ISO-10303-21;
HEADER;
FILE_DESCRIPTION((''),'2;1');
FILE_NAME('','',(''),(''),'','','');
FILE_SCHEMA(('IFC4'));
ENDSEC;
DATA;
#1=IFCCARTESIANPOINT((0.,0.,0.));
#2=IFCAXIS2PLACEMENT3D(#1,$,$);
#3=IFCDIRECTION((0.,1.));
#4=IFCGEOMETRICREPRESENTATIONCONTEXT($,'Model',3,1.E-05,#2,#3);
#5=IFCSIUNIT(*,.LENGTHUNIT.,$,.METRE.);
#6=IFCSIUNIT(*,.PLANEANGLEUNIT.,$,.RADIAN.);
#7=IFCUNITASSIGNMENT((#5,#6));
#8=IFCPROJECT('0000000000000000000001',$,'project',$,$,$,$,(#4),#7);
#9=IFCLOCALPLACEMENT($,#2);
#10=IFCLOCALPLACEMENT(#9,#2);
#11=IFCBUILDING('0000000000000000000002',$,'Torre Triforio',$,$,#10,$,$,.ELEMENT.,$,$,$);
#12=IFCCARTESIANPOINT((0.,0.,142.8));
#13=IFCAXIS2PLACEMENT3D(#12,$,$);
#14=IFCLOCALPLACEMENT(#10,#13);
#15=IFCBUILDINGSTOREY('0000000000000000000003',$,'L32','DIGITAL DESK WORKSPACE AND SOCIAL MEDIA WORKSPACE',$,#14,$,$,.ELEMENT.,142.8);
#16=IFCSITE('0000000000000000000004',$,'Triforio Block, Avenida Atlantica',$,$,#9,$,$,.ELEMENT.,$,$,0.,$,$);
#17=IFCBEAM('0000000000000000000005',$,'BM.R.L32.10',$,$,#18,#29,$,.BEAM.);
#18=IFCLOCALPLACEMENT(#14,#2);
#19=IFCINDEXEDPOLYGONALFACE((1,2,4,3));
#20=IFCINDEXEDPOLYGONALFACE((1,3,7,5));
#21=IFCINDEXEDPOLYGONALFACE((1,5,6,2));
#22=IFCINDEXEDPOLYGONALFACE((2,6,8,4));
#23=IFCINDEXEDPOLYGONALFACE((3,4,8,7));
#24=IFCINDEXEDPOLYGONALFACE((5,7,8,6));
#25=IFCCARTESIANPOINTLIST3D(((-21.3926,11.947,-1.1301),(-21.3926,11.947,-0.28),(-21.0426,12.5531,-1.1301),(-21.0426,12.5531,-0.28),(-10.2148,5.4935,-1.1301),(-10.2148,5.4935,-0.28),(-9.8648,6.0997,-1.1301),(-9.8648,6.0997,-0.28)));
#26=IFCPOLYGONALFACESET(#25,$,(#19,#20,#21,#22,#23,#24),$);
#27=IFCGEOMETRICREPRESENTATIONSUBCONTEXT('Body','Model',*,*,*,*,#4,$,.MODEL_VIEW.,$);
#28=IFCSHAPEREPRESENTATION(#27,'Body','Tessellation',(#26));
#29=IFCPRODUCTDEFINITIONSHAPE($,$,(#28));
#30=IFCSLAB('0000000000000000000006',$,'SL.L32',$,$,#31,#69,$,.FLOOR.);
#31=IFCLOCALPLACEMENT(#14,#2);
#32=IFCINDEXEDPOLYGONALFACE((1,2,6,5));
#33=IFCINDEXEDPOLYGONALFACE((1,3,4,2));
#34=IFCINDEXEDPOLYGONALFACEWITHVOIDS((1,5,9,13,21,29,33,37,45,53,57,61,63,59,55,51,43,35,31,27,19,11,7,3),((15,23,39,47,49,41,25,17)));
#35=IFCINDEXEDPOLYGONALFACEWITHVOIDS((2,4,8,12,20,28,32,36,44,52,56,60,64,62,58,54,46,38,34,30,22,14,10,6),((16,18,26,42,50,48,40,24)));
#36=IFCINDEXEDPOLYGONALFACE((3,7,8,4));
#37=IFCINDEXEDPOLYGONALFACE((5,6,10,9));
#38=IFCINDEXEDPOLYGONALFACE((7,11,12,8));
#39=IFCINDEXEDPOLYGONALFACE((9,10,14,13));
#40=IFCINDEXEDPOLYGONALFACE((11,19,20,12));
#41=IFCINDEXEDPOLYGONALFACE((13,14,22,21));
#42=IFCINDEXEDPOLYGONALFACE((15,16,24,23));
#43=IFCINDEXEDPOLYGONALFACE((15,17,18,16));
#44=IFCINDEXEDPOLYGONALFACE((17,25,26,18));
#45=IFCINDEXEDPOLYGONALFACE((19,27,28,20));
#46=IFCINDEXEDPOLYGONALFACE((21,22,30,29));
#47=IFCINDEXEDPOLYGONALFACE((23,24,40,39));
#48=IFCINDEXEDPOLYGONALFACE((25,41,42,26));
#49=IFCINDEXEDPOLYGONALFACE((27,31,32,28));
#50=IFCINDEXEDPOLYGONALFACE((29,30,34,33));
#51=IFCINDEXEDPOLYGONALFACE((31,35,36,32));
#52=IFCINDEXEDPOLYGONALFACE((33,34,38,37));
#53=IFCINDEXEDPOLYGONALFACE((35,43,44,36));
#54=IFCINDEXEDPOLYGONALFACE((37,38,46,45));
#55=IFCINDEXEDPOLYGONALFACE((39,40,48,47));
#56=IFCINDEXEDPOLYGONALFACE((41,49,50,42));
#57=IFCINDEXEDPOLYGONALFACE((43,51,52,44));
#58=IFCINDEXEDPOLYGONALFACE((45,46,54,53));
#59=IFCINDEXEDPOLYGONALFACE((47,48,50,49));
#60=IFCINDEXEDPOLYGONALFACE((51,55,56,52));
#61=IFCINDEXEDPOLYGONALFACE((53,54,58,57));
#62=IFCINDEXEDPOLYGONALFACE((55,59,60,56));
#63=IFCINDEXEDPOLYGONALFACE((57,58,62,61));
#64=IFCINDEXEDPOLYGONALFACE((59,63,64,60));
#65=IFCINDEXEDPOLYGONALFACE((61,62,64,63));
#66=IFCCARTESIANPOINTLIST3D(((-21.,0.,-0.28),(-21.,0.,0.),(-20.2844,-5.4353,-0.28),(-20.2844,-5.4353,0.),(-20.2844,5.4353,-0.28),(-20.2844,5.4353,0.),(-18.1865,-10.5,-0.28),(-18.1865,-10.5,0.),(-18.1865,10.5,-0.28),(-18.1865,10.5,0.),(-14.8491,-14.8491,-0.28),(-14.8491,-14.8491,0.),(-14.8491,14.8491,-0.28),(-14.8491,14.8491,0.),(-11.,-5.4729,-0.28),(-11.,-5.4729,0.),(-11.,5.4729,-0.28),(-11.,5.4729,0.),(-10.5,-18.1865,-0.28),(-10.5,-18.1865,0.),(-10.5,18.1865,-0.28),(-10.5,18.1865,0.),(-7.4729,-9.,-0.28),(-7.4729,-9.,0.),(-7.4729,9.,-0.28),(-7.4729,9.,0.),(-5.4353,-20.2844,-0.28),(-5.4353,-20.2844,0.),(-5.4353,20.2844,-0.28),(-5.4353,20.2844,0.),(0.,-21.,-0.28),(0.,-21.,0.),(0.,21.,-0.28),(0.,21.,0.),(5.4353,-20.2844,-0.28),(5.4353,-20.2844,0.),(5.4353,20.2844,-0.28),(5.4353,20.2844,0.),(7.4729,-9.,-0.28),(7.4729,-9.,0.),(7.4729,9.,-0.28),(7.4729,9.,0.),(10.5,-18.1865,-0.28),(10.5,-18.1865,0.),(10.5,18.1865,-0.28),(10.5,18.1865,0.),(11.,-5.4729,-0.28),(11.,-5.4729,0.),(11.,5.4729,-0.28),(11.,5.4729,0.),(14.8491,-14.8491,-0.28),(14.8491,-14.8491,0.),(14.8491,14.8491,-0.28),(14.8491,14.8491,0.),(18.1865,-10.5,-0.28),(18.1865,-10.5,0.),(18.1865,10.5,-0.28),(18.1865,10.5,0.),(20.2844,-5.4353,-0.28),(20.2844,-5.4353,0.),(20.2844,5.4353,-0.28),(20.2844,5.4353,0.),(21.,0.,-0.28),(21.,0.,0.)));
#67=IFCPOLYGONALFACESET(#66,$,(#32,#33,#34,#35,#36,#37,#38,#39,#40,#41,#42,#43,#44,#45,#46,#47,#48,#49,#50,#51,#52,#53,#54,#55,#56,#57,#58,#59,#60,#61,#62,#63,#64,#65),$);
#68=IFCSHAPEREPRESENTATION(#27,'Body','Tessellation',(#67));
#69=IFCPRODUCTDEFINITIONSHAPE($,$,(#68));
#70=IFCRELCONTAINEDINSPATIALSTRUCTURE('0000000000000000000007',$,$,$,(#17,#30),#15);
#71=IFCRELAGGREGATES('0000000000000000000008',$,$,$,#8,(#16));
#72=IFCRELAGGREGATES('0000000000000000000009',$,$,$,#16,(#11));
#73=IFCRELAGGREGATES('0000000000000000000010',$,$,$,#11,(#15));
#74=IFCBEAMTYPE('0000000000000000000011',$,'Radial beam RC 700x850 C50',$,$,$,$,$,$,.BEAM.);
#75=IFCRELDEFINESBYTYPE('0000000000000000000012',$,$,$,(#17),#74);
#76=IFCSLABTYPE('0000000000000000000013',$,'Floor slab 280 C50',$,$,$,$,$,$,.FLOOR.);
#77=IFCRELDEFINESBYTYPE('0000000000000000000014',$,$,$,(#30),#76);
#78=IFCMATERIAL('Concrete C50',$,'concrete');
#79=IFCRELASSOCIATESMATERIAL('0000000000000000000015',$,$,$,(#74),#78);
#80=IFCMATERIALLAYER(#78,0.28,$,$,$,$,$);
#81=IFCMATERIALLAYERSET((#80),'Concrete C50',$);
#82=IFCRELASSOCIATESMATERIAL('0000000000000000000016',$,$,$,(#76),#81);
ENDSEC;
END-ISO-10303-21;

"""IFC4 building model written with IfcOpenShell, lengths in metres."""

from ifc_helpers import new_model, si_unit, direction, frame, origin, origin_2d, place, context, subcontext, project, spatial, polyline, rectangle, outline, extrude, material, layer, layer_set, material_profile, profile_set, type_object, element, save


model = new_model("IFC4")

# Units and contexts
model_context = context("Model", 3, precision=1e-05, world=origin(), true_north=direction((0.0, 1.0)))
body_context = subcontext(model_context, "Body", "Model", "MODEL_VIEW")
ifc_project = project(units=[si_unit("LENGTHUNIT", "METRE"), si_unit("PLANEANGLEUNIT", "RADIAN")], contexts=[model_context])

# Site, building, storey
site_placement = place(None, origin())
site = spatial("IfcSite", under=ifc_project, at=site_placement, Name="Triforio Block, Avenida Atlantica", CompositionType="ELEMENT", RefElevation=0.0)
building_placement = place(site_placement, origin())
building = spatial("IfcBuilding", under=site, at=building_placement, Name="Torre Triforio", CompositionType="ELEMENT")
storey_placement = place(building_placement, frame((0.0, 0.0, 142.8)))
storey = spatial("IfcBuildingStorey", under=building, at=storey_placement, Name="L32", Description="DIGITAL DESK WORKSPACE AND SOCIAL MEDIA WORKSPACE", CompositionType="ELEMENT", Elevation=142.8)

# Beam
ifc_material_1 = material(Name="Concrete C50", Category="concrete")
ifc_material_profile = material_profile(ifc_material_1, rectangle(XDim=0.7, YDim=0.8501, at=origin_2d()), Name="RC 700x850")
ifc_profile_set = profile_set([ifc_material_profile], Name="Concrete C50")
beam_type = type_object("IfcBeamType", Name="Radial beam RC 700x850 C50", PredefinedType="BEAM", material=ifc_profile_set)
beam_placement = place(storey_placement, frame((-10.0398, 5.7966, -0.7051), z_axis=(-0.866029, 0.499994, 0.0), x_axis=(-0.499994, -0.866029, 0.0)))
element("IfcBeam", 1, at=beam_placement, inside=storey, type_object=beam_type, Name="BM.R.L32.10", PredefinedType="BEAM", context=body_context, shape_type="SweptSolid", body=[
    extrude(rectangle(XDim=0.7, YDim=0.8501, at=origin_2d()), origin(), (0.0, 0.0, 1.0), 12.907),
])

# Slab
ifc_layer_1 = layer(ifc_material_1, 0.28)
ifc_layer_set_1 = layer_set([ifc_layer_1], Name="Concrete C50")
slab_type_1 = type_object("IfcSlabType", Name="Floor slab 280 C50", PredefinedType="FLOOR", material=ifc_layer_set_1)
slab_1_placement = place(storey_placement, frame((0.0, 0.0, -0.28)))
element("IfcSlab", 2, at=slab_1_placement, inside=storey, type_object=slab_type_1, Name="SL.L32", PredefinedType="FLOOR", context=body_context, shape_type="SweptSolid", body=[
    extrude(outline(polyline([(18.1865, -10.5), (20.2844, -5.4353), (21.0, 0.0), (20.2844, 5.4353), (18.1865, 10.5), (14.8491, 14.8491), (10.5, 18.1865), (5.4353, 20.2844), (0.0, 21.0), (-5.4353, 20.2844), (-10.5, 18.1865), (-14.8491, 14.8491), (-18.1865, 10.5), (-20.2844, 5.4353), (-21.0, 0.0), (-20.2844, -5.4353), (-18.1865, -10.5), (-14.8491, -14.8491), (-10.5, -18.1865), (-5.4353, -20.2844), (0.0, -21.0), (5.4353, -20.2844), (10.5, -18.1865), (14.8491, -14.8491), (18.1865, -10.5)]), holes=[polyline([(11.0, 5.4729), (11.0, -5.4729), (7.4729, -9.0), (-7.4729, -9.0), (-11.0, -5.4729), (-11.0, 5.4729), (-7.4729, 9.0), (7.4729, 9.0), (11.0, 5.4729)])]), origin(), (0.0, 0.0, 1.0), 0.28),
])

save(model, "model.ifc")
